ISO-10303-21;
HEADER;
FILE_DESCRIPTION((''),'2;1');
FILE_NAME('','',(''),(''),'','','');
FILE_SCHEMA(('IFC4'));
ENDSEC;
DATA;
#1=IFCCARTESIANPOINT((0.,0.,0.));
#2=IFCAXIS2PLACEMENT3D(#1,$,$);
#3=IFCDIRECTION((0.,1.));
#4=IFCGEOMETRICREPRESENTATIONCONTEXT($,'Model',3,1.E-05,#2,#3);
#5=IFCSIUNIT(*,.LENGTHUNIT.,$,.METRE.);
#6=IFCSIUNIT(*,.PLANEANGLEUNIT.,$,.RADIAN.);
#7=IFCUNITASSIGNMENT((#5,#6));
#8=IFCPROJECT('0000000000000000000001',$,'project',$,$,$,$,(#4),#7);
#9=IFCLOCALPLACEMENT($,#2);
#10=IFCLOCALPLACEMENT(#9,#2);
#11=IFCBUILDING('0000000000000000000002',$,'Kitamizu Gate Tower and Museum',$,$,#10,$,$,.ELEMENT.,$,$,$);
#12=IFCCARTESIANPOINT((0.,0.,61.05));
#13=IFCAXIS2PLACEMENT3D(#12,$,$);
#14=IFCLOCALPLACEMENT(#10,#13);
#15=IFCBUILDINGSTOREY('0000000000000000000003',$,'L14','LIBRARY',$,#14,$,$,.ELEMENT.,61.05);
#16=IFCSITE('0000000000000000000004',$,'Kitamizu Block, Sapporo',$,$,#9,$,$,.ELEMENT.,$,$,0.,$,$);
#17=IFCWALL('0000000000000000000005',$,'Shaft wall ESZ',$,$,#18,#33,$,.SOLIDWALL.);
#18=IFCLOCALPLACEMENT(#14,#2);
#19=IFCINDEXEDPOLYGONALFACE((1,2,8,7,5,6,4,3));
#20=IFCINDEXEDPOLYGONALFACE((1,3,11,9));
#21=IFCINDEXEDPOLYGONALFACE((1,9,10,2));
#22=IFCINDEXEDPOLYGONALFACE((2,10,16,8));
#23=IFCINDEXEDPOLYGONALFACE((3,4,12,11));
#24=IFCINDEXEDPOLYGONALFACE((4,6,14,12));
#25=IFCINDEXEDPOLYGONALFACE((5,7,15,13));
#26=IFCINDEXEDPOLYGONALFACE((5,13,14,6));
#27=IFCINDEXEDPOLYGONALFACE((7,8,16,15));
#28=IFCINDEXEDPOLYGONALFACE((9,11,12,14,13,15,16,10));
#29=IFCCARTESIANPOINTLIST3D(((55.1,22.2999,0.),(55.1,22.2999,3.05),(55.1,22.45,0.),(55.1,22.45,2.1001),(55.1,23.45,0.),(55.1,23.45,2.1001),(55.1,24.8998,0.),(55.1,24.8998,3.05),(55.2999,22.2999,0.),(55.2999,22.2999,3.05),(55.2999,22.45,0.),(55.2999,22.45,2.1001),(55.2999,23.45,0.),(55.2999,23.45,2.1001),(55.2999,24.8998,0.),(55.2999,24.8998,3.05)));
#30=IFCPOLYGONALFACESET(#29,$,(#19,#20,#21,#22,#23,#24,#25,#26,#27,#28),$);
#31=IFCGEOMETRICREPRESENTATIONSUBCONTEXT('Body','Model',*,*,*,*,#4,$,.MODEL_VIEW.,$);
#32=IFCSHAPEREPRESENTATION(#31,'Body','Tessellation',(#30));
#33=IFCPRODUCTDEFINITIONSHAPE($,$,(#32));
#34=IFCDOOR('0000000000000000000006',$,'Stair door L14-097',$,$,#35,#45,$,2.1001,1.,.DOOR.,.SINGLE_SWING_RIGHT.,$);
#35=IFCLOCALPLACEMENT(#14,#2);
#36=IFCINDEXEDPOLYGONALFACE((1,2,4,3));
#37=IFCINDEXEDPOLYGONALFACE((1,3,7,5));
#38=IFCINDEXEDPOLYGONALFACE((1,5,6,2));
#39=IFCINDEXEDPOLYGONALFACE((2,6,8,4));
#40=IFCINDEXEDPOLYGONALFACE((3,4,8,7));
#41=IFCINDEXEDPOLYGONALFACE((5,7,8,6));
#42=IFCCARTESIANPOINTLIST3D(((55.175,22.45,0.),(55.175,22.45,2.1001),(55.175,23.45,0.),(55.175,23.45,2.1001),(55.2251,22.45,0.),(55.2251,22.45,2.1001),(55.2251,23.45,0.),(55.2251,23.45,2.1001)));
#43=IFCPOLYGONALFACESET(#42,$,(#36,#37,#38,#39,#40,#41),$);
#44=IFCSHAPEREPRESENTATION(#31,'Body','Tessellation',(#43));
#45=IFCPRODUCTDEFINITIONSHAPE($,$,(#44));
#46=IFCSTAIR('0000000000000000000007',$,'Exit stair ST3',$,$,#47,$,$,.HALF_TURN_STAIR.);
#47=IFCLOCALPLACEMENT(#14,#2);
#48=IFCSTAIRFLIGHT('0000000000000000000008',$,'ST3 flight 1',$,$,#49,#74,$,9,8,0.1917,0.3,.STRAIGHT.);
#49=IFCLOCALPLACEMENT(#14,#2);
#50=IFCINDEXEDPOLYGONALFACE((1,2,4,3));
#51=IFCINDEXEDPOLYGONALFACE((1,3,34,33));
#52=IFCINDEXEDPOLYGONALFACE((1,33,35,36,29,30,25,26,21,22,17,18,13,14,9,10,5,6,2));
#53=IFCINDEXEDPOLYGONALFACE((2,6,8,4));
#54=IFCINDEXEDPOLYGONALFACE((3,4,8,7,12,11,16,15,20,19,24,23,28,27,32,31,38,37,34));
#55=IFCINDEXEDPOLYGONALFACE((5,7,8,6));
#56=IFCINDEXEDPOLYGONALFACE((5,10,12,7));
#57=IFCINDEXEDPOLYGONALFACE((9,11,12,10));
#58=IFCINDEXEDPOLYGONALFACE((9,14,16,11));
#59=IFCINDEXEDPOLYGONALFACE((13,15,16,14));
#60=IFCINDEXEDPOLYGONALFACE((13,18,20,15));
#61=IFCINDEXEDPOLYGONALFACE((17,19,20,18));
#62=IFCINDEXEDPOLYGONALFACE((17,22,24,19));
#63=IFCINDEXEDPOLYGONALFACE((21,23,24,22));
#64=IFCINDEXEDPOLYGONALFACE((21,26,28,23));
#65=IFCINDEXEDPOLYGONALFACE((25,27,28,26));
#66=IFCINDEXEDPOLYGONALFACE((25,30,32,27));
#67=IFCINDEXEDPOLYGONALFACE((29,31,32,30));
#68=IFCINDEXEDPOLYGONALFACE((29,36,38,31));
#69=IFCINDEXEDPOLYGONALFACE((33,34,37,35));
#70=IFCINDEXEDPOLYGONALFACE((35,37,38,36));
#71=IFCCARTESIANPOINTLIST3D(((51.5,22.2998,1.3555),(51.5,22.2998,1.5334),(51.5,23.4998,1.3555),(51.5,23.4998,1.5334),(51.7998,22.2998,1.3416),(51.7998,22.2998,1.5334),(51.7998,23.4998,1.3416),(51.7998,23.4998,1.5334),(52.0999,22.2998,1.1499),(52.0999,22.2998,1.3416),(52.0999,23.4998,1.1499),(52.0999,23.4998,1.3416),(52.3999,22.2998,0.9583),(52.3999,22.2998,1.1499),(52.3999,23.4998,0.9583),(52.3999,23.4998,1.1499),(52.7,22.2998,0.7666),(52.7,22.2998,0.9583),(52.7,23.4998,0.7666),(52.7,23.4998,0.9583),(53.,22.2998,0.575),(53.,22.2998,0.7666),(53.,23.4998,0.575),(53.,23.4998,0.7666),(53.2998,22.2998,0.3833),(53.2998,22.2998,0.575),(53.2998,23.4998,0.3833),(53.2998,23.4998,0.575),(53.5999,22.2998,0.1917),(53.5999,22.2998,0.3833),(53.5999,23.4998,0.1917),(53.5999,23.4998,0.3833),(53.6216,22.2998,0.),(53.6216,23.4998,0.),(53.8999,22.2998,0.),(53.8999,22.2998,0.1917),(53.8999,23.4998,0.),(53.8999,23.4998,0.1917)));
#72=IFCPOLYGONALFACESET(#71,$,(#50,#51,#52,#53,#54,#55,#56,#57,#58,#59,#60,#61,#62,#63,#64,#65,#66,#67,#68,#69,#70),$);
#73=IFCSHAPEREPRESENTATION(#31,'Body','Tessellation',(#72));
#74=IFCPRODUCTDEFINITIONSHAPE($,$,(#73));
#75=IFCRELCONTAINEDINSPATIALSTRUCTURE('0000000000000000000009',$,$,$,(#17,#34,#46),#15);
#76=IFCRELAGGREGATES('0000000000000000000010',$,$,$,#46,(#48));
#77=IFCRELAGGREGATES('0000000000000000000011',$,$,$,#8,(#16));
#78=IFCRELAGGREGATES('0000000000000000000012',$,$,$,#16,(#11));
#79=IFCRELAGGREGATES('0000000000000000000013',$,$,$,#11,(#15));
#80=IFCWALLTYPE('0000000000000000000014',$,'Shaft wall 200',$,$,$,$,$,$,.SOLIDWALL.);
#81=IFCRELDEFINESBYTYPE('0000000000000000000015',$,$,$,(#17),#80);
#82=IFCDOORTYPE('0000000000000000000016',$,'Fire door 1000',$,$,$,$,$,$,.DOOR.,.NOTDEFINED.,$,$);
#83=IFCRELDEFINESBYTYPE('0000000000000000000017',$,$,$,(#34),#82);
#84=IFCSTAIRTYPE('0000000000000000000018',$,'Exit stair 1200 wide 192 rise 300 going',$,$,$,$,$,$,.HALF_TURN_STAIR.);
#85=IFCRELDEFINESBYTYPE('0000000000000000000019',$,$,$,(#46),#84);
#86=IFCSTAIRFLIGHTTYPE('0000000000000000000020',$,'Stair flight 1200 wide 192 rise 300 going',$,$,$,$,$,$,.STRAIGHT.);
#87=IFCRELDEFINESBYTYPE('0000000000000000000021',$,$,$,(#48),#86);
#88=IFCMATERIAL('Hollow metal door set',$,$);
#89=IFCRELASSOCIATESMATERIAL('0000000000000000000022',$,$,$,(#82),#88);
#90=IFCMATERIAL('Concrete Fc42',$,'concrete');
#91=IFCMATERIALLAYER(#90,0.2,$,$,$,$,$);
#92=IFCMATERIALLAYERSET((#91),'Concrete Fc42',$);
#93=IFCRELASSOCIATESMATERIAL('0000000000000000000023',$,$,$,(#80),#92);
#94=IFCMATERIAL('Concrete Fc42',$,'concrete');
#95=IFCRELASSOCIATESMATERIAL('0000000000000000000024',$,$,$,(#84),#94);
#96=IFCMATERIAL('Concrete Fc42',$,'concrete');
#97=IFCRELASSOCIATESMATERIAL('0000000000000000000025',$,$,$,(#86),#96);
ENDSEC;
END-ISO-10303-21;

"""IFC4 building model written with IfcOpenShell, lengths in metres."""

from ifc_helpers import new_model, si_unit, direction, frame, frame_2d, origin, place, context, subcontext, project, spatial, polyline, rectangle, outline, extrude, material, layer, layer_set, type_object, element, fill, aggregate, save


model = new_model("IFC4")

# Units and contexts
model_context = context("Model", 3, precision=1e-05, world=origin(), true_north=direction((0.0, 1.0)))
body_context = subcontext(model_context, "Body", "Model", "MODEL_VIEW")
ifc_project = project(units=[si_unit("LENGTHUNIT", "METRE"), si_unit("PLANEANGLEUNIT", "RADIAN")], contexts=[model_context])

# Site, building, storey
site_placement = place(None, origin())
site = spatial("IfcSite", under=ifc_project, at=site_placement, Name="Kitamizu Block, Sapporo", CompositionType="ELEMENT", RefElevation=0.0)
building_placement = place(site_placement, origin())
building = spatial("IfcBuilding", under=site, at=building_placement, Name="Kitamizu Gate Tower and Museum", CompositionType="ELEMENT")
storey_placement = place(building_placement, frame((0.0, 0.0, 61.05)))
storey = spatial("IfcBuildingStorey", under=building, at=storey_placement, Name="L14", Description="LIBRARY", CompositionType="ELEMENT", Elevation=61.05)

# Shared definitions
ifc_material_1 = material(Name="Hollow metal door set")
door_type_1 = type_object("IfcDoorType", Name="Fire door 1000", OperationType="NOTDEFINED", PredefinedType="DOOR", material=ifc_material_1)

# Shared definitions
ifc_material_2 = material(Name="Concrete Fc42", Category="concrete")
ifc_layer_1 = layer(ifc_material_2, 0.2)
ifc_layer_set_1 = layer_set([ifc_layer_1], Name="Concrete Fc42")
wall_type_1 = type_object("IfcWallType", Name="Shaft wall 200", PredefinedType="SOLIDWALL", material=ifc_layer_set_1)

# Wall, opening, door
wall_1_placement = place(storey_placement, frame((55.2, 22.3, 0.0), z_axis=(0.0, 0.0, 1.0), x_axis=(0.0, 1.0, 0.0)))
wall_1 = element("IfcWall", 1, at=wall_1_placement, inside=storey, type_object=wall_type_1, Name="Shaft wall ESZ", PredefinedType="SOLIDWALL", context=body_context, shape_type="SweptSolid", body=[
    extrude(rectangle(XDim=2.5999, YDim=0.2, at=frame_2d((1.2998, 0.0))), origin(), (0.0, 0.0, 1.0), 3.05),
])
opening_1_placement = place(wall_1_placement, frame((0.1499, 0.0, 0.0)))
opening_1 = element("IfcOpeningElement", 2, at=opening_1_placement, cuts=wall_1, PredefinedType="OPENING", context=body_context, shape_type="SweptSolid", body=[
    extrude(rectangle(XDim=1.0, YDim=2.1001, at=frame_2d((0.5, 1.05))), frame((0.0, 0.1099, 0.0), z_axis=(0.0, -1.0, 0.0), x_axis=(1.0, 0.0, 0.0)), (0.0, 0.0, 1.0), 0.22),
])
door_1_placement = place(opening_1_placement, origin())
door_1 = element("IfcDoor", 3, at=door_1_placement, inside=storey, type_object=door_type_1, Name="Stair door L14-097", OperationType="SINGLE_SWING_RIGHT", OverallHeight=2.1001, OverallWidth=1.0, PredefinedType="DOOR", context=body_context, shape_type="SweptSolid", body=[
    extrude(rectangle(XDim=1.0, YDim=2.1001, at=frame_2d((0.5, 1.05))), frame((0.0, 0.0249, 0.0), z_axis=(0.0, -1.0, 0.0), x_axis=(1.0, 0.0, 0.0)), (0.0, 0.0, 1.0), 0.05),
])
fill(opening_1, door_1)

# Stair, stair flight
ifc_material_3 = material(Name="Concrete Fc42", Category="concrete")
stair_type = type_object("IfcStairType", Name="Exit stair 1200 wide 192 rise 300 going", PredefinedType="HALF_TURN_STAIR", material=ifc_material_3)
stair_placement = place(storey_placement, origin())
stair = element("IfcStair", 4, at=stair_placement, inside=storey, type_object=stair_type, Name="Exit stair ST3", PredefinedType="HALF_TURN_STAIR")
ifc_material_4 = material(Name="Concrete Fc42", Category="concrete")
stair_flight_type = type_object("IfcStairFlightType", Name="Stair flight 1200 wide 192 rise 300 going", PredefinedType="STRAIGHT", material=ifc_material_4)
stair_flight_placement = place(storey_placement, frame((53.8999, 22.8999, 0.0), z_axis=(0.0, 0.0, 1.0), x_axis=(-1.0, 0.0, 0.0)))
stair_flight = element("IfcStairFlight", 5, at=stair_flight_placement, type_object=stair_flight_type, Name="ST3 flight 1", NumberOfRisers=9, NumberOfTreads=8, PredefinedType="STRAIGHT", RiserHeight=0.1917, TreadLength=0.3, context=body_context, shape_type="SweptSolid", body=[
    extrude(outline(polyline([(0.0, 0.0), (0.0, 0.1917), (0.3, 0.1917), (0.3, 0.3833), (0.6001, 0.3833), (0.6001, 0.575), (0.8999, 0.575), (0.8999, 0.7666), (1.2, 0.7666), (1.2, 0.9583), (1.5, 0.9583), (1.5, 1.1499), (1.8, 1.1499), (1.8, 1.3416), (2.1001, 1.3416), (2.1001, 1.5334), (2.3999, 1.5334), (2.3999, 1.7251), (2.3999, 1.3555), (0.2783, 0.0), (0.0, 0.0)])), frame((0.0, 0.6001, 0.0), z_axis=(0.0, -1.0, 0.0), x_axis=(1.0, 0.0, 0.0)), (0.0, 0.0, 1.0), 1.2),
])
aggregate(stair, [stair_flight])

save(model, "model.ifc")
